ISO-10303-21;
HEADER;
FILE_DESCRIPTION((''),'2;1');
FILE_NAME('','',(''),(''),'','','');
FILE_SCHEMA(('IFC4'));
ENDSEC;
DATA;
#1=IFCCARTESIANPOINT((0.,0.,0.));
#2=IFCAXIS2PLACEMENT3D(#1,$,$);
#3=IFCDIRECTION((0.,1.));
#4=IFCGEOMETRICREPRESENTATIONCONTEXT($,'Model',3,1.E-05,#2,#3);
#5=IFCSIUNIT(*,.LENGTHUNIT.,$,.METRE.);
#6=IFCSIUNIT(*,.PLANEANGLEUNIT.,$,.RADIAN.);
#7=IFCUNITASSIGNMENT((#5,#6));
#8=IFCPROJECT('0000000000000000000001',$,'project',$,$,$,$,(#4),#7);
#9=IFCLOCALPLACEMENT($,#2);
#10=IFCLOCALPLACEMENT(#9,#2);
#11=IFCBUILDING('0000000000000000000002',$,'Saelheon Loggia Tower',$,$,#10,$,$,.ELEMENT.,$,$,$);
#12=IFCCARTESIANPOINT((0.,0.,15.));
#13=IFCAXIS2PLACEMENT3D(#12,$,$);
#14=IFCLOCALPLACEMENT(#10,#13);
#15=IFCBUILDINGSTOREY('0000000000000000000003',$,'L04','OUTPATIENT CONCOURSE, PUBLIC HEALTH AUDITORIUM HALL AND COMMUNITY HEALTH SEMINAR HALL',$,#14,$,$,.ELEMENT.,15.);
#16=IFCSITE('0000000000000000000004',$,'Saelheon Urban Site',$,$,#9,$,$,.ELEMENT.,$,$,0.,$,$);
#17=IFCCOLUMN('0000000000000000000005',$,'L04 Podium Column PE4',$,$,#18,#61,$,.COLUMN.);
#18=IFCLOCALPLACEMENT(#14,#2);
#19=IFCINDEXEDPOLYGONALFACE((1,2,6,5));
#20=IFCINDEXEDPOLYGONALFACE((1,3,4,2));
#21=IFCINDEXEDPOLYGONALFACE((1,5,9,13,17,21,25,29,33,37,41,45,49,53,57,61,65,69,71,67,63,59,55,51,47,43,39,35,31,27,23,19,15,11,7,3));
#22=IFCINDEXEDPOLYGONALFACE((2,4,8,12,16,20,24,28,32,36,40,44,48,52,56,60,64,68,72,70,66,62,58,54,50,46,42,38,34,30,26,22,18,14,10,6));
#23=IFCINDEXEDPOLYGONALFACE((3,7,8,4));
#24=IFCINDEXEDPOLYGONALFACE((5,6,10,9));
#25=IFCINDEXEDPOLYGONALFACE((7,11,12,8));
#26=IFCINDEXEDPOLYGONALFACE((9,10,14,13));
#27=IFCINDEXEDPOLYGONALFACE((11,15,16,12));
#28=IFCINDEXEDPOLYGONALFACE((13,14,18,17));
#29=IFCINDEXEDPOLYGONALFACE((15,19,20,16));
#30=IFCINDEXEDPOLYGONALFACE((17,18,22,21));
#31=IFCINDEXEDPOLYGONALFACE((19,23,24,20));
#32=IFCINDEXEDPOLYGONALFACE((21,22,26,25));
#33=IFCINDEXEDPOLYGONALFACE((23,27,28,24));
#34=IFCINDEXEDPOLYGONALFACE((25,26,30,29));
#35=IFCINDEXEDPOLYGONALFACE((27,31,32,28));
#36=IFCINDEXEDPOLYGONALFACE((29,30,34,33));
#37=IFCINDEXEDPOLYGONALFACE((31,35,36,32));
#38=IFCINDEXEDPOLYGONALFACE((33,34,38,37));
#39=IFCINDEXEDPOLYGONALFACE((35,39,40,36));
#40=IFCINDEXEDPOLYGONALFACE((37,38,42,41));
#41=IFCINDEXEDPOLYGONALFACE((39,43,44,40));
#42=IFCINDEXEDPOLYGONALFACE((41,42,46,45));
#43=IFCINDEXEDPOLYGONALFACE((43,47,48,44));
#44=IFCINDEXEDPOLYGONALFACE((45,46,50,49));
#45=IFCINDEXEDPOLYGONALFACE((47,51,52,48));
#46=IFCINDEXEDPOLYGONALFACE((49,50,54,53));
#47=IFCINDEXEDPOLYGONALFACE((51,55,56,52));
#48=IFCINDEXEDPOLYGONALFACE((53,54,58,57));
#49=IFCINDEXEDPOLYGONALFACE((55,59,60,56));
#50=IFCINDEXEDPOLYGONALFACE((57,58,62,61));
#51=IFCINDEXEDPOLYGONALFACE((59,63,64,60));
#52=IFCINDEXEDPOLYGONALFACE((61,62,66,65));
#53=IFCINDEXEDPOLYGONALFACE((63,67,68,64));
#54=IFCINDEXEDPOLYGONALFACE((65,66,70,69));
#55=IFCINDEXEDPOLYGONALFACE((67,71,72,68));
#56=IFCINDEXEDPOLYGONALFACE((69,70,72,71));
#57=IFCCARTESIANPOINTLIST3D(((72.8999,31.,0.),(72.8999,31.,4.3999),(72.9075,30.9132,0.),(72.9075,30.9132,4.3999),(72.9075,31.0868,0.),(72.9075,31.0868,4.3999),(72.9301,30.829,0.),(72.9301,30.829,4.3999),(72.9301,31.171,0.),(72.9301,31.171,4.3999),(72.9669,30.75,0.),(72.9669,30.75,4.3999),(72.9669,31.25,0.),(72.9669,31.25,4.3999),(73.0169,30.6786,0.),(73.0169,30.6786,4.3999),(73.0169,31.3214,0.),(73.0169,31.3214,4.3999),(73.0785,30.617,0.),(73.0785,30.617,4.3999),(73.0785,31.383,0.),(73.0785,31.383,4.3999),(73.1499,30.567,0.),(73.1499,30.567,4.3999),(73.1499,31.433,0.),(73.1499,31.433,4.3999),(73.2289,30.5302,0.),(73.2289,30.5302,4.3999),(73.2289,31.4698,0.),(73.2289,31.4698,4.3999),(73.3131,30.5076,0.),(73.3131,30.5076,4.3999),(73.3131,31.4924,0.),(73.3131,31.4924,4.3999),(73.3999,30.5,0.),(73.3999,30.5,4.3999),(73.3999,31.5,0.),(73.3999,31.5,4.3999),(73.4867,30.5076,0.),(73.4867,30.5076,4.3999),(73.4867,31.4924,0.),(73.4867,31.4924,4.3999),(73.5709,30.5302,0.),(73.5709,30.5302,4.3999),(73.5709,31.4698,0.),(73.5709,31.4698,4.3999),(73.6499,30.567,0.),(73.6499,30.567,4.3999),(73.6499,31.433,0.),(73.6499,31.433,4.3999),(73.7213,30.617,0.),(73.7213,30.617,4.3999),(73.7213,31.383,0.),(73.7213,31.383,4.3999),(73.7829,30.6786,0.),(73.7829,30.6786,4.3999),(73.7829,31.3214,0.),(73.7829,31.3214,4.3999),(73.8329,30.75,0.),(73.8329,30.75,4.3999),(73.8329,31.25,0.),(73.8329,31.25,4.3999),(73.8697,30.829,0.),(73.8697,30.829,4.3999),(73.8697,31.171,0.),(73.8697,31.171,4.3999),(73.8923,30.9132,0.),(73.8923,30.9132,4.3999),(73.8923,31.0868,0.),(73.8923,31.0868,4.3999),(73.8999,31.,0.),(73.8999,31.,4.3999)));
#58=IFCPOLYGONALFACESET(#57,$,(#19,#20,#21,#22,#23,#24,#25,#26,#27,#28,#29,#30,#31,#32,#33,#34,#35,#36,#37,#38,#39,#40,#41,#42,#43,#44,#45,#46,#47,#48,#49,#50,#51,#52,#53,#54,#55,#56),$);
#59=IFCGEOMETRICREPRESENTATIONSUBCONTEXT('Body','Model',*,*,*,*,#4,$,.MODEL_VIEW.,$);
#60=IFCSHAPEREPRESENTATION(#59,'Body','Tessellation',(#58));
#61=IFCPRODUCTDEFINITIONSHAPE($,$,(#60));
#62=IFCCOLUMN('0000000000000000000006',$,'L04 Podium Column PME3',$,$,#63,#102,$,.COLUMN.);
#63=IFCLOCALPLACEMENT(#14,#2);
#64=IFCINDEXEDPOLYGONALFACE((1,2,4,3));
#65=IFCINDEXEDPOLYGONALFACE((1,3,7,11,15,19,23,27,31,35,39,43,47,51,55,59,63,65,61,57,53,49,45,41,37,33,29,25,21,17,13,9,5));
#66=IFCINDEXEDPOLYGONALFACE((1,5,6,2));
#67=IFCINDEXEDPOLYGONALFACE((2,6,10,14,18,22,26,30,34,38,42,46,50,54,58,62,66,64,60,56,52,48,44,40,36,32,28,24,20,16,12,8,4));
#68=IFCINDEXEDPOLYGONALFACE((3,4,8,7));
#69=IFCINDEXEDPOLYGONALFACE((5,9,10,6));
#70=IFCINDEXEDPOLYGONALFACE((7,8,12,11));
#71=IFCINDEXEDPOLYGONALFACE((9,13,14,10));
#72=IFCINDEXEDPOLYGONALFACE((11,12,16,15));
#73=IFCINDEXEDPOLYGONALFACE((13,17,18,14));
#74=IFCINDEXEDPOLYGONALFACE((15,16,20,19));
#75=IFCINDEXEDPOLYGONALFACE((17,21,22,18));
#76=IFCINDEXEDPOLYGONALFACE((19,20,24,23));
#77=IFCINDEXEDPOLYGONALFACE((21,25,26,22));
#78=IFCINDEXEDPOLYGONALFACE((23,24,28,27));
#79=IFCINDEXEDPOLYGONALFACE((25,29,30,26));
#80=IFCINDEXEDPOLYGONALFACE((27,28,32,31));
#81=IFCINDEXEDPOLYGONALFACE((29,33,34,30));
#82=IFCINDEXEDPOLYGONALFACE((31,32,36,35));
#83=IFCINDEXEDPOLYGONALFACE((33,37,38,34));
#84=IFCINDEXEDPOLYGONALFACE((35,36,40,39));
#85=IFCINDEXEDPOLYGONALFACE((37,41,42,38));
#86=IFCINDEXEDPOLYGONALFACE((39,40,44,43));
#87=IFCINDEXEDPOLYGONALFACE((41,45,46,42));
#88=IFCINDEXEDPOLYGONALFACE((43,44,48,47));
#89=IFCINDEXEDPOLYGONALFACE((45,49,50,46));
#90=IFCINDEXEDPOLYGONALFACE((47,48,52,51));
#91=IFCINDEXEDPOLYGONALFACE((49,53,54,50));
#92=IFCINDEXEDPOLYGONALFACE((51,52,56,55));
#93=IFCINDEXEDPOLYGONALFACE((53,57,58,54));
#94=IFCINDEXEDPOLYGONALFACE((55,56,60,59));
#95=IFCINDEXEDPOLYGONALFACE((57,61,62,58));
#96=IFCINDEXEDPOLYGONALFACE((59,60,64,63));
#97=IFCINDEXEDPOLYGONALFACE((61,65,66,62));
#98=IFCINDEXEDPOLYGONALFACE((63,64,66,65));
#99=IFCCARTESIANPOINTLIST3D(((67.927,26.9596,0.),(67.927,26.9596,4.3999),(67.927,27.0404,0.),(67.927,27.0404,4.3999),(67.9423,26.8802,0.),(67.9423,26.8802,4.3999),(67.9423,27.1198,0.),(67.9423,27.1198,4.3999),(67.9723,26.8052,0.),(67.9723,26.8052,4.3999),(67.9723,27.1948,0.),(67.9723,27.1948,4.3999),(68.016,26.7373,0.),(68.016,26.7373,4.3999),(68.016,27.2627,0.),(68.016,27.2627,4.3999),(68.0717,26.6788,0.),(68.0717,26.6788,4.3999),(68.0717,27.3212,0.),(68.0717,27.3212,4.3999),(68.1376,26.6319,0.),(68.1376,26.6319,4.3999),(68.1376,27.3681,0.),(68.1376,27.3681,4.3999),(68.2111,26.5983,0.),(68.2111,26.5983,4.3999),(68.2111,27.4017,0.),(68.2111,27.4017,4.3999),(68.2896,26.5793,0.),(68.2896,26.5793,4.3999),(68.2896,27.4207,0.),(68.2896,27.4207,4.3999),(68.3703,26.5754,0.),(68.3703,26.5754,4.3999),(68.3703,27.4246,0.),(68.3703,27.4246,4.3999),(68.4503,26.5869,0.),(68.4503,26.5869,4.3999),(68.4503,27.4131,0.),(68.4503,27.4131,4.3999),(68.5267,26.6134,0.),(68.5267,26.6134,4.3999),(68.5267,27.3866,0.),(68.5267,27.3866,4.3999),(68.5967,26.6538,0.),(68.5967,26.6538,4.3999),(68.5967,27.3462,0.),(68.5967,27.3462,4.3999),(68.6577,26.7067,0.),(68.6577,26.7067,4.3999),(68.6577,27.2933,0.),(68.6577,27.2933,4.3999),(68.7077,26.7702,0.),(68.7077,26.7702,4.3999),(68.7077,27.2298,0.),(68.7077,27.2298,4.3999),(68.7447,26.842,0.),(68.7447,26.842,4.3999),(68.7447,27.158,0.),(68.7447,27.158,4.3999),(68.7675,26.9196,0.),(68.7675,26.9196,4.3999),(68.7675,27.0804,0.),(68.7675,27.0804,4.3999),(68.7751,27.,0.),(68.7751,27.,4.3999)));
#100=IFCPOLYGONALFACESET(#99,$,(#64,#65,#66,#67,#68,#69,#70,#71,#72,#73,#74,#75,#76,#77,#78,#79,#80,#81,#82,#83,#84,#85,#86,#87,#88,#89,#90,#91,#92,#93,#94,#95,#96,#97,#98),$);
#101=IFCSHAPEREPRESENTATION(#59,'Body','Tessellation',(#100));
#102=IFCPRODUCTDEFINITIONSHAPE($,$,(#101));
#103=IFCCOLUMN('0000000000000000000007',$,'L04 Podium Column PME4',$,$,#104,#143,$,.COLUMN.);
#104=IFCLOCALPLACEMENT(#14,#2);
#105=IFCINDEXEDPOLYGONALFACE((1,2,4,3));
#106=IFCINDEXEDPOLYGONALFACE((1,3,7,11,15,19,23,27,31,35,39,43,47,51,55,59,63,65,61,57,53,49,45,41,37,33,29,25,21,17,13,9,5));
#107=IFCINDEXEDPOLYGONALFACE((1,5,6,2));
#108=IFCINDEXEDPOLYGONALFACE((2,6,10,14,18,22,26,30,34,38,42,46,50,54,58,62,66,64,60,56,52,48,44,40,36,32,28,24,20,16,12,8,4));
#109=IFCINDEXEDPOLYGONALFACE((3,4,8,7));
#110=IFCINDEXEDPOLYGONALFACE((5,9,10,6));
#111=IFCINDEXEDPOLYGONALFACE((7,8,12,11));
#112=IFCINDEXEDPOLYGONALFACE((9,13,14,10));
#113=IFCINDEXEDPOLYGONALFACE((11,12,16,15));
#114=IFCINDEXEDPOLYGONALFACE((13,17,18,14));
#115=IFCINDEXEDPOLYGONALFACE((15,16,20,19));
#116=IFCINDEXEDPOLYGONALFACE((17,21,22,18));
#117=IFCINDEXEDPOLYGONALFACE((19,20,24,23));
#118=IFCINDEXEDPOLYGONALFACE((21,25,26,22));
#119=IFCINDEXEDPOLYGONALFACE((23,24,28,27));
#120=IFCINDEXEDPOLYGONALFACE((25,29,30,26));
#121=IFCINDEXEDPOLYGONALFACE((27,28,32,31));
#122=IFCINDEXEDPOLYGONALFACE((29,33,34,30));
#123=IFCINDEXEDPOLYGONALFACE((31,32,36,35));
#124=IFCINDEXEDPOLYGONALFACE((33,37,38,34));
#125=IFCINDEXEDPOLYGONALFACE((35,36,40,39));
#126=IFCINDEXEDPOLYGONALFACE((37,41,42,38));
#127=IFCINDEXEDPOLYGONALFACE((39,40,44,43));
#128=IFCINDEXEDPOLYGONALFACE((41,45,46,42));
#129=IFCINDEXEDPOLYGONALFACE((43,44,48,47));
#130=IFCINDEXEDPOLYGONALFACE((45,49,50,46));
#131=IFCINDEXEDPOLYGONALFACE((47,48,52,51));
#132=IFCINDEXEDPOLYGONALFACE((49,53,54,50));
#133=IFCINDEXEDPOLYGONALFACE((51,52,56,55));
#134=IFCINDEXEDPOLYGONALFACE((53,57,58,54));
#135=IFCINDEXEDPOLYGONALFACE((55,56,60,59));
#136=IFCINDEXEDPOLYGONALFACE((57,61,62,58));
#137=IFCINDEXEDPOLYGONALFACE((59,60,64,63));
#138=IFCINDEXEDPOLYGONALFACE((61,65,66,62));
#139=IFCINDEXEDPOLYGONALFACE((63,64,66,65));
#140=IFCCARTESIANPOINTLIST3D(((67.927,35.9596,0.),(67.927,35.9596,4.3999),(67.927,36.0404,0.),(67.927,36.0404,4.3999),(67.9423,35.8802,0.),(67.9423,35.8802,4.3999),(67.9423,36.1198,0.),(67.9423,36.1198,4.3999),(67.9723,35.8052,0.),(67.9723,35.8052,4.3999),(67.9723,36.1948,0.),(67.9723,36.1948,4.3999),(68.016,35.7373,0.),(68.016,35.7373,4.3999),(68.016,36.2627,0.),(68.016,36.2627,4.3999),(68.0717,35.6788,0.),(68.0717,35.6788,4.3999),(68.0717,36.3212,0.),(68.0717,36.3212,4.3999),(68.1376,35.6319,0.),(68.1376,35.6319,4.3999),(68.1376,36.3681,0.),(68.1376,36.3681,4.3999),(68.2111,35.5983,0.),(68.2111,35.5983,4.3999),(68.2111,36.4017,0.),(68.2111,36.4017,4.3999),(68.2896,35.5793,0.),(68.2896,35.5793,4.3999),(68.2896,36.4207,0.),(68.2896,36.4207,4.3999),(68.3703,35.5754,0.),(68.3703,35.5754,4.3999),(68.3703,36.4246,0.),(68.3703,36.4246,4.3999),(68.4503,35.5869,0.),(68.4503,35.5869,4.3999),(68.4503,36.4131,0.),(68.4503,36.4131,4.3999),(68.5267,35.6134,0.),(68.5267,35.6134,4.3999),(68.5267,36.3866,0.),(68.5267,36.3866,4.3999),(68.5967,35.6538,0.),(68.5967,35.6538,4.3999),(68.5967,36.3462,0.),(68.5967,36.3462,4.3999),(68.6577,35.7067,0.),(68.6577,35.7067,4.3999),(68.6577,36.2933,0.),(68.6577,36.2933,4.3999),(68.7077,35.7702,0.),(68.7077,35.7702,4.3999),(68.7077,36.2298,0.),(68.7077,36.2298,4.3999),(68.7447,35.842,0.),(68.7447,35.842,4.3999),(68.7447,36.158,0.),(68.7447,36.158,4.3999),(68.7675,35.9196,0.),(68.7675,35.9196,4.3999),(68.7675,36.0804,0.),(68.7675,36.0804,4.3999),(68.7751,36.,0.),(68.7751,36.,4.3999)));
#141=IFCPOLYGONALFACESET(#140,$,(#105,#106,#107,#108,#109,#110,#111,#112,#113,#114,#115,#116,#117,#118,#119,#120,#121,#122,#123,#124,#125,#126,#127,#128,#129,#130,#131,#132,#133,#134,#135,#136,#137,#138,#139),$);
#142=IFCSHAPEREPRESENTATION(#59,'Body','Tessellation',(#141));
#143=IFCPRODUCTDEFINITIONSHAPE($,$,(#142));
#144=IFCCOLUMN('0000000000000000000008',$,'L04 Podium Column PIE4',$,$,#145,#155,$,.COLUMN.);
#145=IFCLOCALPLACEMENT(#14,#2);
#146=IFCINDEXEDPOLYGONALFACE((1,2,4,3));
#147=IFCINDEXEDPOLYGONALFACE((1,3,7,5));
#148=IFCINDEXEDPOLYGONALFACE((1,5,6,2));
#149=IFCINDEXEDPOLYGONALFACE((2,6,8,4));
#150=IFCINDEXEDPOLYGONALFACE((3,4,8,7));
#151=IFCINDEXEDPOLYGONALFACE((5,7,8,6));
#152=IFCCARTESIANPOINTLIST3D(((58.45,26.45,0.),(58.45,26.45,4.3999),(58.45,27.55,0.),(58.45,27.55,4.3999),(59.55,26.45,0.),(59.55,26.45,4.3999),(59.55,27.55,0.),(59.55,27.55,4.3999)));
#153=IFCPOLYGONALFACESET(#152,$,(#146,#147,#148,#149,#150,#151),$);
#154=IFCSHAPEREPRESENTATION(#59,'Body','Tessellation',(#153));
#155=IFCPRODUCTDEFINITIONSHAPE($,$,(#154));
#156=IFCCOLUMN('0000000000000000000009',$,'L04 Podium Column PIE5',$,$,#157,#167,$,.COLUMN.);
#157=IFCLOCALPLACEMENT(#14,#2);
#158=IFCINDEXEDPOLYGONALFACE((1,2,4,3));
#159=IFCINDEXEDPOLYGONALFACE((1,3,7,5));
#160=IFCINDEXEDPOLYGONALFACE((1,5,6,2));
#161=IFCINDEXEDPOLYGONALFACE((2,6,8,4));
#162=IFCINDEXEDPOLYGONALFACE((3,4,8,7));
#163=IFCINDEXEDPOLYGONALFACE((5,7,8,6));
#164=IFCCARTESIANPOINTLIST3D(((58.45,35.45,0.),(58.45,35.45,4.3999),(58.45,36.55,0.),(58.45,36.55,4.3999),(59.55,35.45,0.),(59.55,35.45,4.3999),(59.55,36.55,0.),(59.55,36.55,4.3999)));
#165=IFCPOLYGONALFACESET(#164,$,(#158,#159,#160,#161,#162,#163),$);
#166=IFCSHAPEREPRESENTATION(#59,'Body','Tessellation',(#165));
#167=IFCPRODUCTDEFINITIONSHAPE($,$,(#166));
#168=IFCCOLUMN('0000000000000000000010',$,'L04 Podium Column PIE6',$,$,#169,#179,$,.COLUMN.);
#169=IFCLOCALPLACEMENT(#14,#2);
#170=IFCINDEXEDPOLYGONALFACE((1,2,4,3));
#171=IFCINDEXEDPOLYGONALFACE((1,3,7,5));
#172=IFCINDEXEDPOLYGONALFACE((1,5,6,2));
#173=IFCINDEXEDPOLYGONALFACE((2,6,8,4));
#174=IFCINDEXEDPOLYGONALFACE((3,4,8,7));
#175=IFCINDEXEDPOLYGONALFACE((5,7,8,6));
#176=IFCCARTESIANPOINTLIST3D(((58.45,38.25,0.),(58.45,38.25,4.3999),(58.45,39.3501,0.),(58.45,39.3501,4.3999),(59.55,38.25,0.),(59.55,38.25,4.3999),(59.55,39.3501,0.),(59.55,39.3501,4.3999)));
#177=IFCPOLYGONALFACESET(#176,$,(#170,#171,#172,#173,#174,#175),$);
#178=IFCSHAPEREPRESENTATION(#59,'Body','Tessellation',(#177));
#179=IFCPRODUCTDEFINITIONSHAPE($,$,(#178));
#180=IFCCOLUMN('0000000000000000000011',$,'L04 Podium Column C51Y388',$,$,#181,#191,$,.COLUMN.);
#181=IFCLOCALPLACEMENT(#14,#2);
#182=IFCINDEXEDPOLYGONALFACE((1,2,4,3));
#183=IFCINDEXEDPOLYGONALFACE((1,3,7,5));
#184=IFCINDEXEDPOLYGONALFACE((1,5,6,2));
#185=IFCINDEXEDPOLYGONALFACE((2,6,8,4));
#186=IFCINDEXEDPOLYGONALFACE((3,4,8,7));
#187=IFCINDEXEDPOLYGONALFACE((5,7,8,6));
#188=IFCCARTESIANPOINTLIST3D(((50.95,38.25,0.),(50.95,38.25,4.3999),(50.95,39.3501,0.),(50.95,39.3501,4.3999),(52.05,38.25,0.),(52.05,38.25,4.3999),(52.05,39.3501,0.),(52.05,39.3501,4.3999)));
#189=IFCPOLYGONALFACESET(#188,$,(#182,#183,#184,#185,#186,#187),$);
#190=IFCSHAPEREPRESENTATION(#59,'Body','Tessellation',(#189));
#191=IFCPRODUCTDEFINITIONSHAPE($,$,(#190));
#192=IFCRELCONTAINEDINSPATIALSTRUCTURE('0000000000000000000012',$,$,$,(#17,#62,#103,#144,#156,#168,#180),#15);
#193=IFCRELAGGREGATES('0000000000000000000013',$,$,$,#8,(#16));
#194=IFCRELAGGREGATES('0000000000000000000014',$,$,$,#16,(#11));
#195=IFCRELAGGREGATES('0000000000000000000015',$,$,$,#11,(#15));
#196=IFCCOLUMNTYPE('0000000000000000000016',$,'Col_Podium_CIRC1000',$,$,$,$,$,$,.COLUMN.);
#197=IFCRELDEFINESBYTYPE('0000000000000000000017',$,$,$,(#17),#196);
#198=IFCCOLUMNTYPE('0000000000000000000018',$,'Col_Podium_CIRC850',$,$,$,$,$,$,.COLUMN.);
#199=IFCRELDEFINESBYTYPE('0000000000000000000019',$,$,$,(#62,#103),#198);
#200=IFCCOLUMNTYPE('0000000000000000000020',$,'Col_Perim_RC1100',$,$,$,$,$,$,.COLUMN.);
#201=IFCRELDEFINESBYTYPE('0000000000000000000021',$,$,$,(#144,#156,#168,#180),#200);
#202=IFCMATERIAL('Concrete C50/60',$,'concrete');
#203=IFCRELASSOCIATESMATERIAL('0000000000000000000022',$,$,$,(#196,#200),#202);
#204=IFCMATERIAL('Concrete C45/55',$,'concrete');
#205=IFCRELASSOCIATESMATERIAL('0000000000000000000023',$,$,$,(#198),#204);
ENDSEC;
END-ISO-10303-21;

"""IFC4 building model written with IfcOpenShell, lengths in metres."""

from ifc_helpers import new_model, si_unit, direction, frame, origin, origin_2d, place, context, subcontext, project, spatial, rectangle, circle, extrude, source, transform, mapped, material, material_profile, profile_set, type_object, element, save


model = new_model("IFC4")

# Units and contexts
model_context = context("Model", 3, precision=1e-05, world=origin(), true_north=direction((0.0, 1.0)))
body_context = subcontext(model_context, "Body", "Model", "MODEL_VIEW")
ifc_project = project(units=[si_unit("LENGTHUNIT", "METRE"), si_unit("PLANEANGLEUNIT", "RADIAN")], contexts=[model_context])

# Site, building, storey
site_placement = place(None, origin())
site = spatial("IfcSite", under=ifc_project, at=site_placement, Name="Saelheon Urban Site", CompositionType="ELEMENT", RefElevation=0.0)
building_placement = place(site_placement, origin())
building = spatial("IfcBuilding", under=site, at=building_placement, Name="Saelheon Loggia Tower", CompositionType="ELEMENT")
storey_placement = place(building_placement, frame((0.0, 0.0, 15.0)))
storey = spatial("IfcBuildingStorey", under=building, at=storey_placement, Name="L04", Description="OUTPATIENT CONCOURSE, PUBLIC HEALTH AUDITORIUM HALL AND COMMUNITY HEALTH SEMINAR HALL", CompositionType="ELEMENT", Elevation=15.0)

# Columns
ifc_material_1 = material(Name="Concrete C50/60", Category="concrete")
ifc_material_profile_1 = material_profile(ifc_material_1, circle(Radius=0.5, at=origin_2d()), Name="CIRC-1000")
ifc_profile_set_1 = profile_set([ifc_material_profile_1], Name="Concrete C50/60")
column_type_1 = type_object("IfcColumnType", Name="Col_Podium_CIRC1000", PredefinedType="COLUMN", material=ifc_profile_set_1)
shared_shape_1 = source(origin(), body_context, "Body", "SweptSolid", [
    extrude(circle(Radius=0.5, at=origin_2d()), origin(), (0.0, 0.0, 1.0), 4.3999),
])
column_placement = place(storey_placement, frame((73.3999, 31.0, 0.0), z_axis=(0.0, 0.0, 1.0), x_axis=(1.0, 0.0, 0.0)))
element("IfcColumn", 1, at=column_placement, inside=storey, type_object=column_type_1, Name="L04 Podium Column PE4", PredefinedType="COLUMN", context=body_context, shape_type="MappedRepresentation", body=[
    mapped(shared_shape_1, transform((0.0, 0.0, 0.0), scale=1.0)),
])
ifc_material_2 = material(Name="Concrete C45/55", Category="concrete")
ifc_material_profile_2 = material_profile(ifc_material_2, circle(Radius=0.425, at=origin_2d()), Name="CIRC-850")
ifc_profile_set_2 = profile_set([ifc_material_profile_2], Name="Concrete C45/55")
column_type_2 = type_object("IfcColumnType", Name="Col_Podium_CIRC850", PredefinedType="COLUMN", material=ifc_profile_set_2)
shared_shape_2 = source(origin(), body_context, "Body", "SweptSolid", [
    extrude(circle(Radius=0.425, at=origin_2d()), origin(), (0.0, 0.0, 1.0), 4.3999),
])
for number, where, z_axis, x_axis, name in (
    (2, (68.3501, 27.0, 0.0), (0.0, 0.0, 1.0), (1.0, 0.0, 0.0), "L04 Podium Column PME3"),
    (3, (68.3501, 36.0, 0.0), (0.0, 0.0, 1.0), (1.0, 0.0, 0.0), "L04 Podium Column PME4"),
):
    element("IfcColumn", number, at=place(storey_placement, frame(where, z_axis=z_axis, x_axis=x_axis)), inside=storey, type_object=column_type_2, Name=name, PredefinedType="COLUMN", context=body_context, shape_type="MappedRepresentation", body=[
        mapped(shared_shape_2, transform((0.0, 0.0, 0.0), scale=1.0)),
    ])
ifc_material_profile_3 = material_profile(ifc_material_1, rectangle(XDim=1.1001, YDim=1.1001, at=origin_2d()), Name="RC-1100x1100")
ifc_profile_set_3 = profile_set([ifc_material_profile_3], Name="Concrete C50/60")
column_type_3 = type_object("IfcColumnType", Name="Col_Perim_RC1100", PredefinedType="COLUMN", material=ifc_profile_set_3)
shared_shape_3 = source(origin(), body_context, "Body", "SweptSolid", [
    extrude(rectangle(XDim=1.1001, YDim=1.1001, at=origin_2d()), origin(), (0.0, 0.0, 1.0), 4.3999),
])
for number, where, z_axis, x_axis, name in (
    (4, (59.0, 27.0, 0.0), (0.0, 0.0, 1.0), (1.0, 0.0, 0.0), "L04 Podium Column PIE4"),
    (5, (59.0, 36.0, 0.0), (0.0, 0.0, 1.0), (1.0, 0.0, 0.0), "L04 Podium Column PIE5"),
    (6, (59.0, 38.8, 0.0), (0.0, 0.0, 1.0), (1.0, 0.0, 0.0), "L04 Podium Column PIE6"),
    (7, (51.5, 38.8, 0.0), (0.0, 0.0, 1.0), (1.0, 0.0, 0.0), "L04 Podium Column C51Y388"),
):
    element("IfcColumn", number, at=place(storey_placement, frame(where, z_axis=z_axis, x_axis=x_axis)), inside=storey, type_object=column_type_3, Name=name, PredefinedType="COLUMN", context=body_context, shape_type="MappedRepresentation", body=[
        mapped(shared_shape_3, transform((0.0, 0.0, 0.0), scale=1.0)),
    ])

save(model, "model.ifc")
